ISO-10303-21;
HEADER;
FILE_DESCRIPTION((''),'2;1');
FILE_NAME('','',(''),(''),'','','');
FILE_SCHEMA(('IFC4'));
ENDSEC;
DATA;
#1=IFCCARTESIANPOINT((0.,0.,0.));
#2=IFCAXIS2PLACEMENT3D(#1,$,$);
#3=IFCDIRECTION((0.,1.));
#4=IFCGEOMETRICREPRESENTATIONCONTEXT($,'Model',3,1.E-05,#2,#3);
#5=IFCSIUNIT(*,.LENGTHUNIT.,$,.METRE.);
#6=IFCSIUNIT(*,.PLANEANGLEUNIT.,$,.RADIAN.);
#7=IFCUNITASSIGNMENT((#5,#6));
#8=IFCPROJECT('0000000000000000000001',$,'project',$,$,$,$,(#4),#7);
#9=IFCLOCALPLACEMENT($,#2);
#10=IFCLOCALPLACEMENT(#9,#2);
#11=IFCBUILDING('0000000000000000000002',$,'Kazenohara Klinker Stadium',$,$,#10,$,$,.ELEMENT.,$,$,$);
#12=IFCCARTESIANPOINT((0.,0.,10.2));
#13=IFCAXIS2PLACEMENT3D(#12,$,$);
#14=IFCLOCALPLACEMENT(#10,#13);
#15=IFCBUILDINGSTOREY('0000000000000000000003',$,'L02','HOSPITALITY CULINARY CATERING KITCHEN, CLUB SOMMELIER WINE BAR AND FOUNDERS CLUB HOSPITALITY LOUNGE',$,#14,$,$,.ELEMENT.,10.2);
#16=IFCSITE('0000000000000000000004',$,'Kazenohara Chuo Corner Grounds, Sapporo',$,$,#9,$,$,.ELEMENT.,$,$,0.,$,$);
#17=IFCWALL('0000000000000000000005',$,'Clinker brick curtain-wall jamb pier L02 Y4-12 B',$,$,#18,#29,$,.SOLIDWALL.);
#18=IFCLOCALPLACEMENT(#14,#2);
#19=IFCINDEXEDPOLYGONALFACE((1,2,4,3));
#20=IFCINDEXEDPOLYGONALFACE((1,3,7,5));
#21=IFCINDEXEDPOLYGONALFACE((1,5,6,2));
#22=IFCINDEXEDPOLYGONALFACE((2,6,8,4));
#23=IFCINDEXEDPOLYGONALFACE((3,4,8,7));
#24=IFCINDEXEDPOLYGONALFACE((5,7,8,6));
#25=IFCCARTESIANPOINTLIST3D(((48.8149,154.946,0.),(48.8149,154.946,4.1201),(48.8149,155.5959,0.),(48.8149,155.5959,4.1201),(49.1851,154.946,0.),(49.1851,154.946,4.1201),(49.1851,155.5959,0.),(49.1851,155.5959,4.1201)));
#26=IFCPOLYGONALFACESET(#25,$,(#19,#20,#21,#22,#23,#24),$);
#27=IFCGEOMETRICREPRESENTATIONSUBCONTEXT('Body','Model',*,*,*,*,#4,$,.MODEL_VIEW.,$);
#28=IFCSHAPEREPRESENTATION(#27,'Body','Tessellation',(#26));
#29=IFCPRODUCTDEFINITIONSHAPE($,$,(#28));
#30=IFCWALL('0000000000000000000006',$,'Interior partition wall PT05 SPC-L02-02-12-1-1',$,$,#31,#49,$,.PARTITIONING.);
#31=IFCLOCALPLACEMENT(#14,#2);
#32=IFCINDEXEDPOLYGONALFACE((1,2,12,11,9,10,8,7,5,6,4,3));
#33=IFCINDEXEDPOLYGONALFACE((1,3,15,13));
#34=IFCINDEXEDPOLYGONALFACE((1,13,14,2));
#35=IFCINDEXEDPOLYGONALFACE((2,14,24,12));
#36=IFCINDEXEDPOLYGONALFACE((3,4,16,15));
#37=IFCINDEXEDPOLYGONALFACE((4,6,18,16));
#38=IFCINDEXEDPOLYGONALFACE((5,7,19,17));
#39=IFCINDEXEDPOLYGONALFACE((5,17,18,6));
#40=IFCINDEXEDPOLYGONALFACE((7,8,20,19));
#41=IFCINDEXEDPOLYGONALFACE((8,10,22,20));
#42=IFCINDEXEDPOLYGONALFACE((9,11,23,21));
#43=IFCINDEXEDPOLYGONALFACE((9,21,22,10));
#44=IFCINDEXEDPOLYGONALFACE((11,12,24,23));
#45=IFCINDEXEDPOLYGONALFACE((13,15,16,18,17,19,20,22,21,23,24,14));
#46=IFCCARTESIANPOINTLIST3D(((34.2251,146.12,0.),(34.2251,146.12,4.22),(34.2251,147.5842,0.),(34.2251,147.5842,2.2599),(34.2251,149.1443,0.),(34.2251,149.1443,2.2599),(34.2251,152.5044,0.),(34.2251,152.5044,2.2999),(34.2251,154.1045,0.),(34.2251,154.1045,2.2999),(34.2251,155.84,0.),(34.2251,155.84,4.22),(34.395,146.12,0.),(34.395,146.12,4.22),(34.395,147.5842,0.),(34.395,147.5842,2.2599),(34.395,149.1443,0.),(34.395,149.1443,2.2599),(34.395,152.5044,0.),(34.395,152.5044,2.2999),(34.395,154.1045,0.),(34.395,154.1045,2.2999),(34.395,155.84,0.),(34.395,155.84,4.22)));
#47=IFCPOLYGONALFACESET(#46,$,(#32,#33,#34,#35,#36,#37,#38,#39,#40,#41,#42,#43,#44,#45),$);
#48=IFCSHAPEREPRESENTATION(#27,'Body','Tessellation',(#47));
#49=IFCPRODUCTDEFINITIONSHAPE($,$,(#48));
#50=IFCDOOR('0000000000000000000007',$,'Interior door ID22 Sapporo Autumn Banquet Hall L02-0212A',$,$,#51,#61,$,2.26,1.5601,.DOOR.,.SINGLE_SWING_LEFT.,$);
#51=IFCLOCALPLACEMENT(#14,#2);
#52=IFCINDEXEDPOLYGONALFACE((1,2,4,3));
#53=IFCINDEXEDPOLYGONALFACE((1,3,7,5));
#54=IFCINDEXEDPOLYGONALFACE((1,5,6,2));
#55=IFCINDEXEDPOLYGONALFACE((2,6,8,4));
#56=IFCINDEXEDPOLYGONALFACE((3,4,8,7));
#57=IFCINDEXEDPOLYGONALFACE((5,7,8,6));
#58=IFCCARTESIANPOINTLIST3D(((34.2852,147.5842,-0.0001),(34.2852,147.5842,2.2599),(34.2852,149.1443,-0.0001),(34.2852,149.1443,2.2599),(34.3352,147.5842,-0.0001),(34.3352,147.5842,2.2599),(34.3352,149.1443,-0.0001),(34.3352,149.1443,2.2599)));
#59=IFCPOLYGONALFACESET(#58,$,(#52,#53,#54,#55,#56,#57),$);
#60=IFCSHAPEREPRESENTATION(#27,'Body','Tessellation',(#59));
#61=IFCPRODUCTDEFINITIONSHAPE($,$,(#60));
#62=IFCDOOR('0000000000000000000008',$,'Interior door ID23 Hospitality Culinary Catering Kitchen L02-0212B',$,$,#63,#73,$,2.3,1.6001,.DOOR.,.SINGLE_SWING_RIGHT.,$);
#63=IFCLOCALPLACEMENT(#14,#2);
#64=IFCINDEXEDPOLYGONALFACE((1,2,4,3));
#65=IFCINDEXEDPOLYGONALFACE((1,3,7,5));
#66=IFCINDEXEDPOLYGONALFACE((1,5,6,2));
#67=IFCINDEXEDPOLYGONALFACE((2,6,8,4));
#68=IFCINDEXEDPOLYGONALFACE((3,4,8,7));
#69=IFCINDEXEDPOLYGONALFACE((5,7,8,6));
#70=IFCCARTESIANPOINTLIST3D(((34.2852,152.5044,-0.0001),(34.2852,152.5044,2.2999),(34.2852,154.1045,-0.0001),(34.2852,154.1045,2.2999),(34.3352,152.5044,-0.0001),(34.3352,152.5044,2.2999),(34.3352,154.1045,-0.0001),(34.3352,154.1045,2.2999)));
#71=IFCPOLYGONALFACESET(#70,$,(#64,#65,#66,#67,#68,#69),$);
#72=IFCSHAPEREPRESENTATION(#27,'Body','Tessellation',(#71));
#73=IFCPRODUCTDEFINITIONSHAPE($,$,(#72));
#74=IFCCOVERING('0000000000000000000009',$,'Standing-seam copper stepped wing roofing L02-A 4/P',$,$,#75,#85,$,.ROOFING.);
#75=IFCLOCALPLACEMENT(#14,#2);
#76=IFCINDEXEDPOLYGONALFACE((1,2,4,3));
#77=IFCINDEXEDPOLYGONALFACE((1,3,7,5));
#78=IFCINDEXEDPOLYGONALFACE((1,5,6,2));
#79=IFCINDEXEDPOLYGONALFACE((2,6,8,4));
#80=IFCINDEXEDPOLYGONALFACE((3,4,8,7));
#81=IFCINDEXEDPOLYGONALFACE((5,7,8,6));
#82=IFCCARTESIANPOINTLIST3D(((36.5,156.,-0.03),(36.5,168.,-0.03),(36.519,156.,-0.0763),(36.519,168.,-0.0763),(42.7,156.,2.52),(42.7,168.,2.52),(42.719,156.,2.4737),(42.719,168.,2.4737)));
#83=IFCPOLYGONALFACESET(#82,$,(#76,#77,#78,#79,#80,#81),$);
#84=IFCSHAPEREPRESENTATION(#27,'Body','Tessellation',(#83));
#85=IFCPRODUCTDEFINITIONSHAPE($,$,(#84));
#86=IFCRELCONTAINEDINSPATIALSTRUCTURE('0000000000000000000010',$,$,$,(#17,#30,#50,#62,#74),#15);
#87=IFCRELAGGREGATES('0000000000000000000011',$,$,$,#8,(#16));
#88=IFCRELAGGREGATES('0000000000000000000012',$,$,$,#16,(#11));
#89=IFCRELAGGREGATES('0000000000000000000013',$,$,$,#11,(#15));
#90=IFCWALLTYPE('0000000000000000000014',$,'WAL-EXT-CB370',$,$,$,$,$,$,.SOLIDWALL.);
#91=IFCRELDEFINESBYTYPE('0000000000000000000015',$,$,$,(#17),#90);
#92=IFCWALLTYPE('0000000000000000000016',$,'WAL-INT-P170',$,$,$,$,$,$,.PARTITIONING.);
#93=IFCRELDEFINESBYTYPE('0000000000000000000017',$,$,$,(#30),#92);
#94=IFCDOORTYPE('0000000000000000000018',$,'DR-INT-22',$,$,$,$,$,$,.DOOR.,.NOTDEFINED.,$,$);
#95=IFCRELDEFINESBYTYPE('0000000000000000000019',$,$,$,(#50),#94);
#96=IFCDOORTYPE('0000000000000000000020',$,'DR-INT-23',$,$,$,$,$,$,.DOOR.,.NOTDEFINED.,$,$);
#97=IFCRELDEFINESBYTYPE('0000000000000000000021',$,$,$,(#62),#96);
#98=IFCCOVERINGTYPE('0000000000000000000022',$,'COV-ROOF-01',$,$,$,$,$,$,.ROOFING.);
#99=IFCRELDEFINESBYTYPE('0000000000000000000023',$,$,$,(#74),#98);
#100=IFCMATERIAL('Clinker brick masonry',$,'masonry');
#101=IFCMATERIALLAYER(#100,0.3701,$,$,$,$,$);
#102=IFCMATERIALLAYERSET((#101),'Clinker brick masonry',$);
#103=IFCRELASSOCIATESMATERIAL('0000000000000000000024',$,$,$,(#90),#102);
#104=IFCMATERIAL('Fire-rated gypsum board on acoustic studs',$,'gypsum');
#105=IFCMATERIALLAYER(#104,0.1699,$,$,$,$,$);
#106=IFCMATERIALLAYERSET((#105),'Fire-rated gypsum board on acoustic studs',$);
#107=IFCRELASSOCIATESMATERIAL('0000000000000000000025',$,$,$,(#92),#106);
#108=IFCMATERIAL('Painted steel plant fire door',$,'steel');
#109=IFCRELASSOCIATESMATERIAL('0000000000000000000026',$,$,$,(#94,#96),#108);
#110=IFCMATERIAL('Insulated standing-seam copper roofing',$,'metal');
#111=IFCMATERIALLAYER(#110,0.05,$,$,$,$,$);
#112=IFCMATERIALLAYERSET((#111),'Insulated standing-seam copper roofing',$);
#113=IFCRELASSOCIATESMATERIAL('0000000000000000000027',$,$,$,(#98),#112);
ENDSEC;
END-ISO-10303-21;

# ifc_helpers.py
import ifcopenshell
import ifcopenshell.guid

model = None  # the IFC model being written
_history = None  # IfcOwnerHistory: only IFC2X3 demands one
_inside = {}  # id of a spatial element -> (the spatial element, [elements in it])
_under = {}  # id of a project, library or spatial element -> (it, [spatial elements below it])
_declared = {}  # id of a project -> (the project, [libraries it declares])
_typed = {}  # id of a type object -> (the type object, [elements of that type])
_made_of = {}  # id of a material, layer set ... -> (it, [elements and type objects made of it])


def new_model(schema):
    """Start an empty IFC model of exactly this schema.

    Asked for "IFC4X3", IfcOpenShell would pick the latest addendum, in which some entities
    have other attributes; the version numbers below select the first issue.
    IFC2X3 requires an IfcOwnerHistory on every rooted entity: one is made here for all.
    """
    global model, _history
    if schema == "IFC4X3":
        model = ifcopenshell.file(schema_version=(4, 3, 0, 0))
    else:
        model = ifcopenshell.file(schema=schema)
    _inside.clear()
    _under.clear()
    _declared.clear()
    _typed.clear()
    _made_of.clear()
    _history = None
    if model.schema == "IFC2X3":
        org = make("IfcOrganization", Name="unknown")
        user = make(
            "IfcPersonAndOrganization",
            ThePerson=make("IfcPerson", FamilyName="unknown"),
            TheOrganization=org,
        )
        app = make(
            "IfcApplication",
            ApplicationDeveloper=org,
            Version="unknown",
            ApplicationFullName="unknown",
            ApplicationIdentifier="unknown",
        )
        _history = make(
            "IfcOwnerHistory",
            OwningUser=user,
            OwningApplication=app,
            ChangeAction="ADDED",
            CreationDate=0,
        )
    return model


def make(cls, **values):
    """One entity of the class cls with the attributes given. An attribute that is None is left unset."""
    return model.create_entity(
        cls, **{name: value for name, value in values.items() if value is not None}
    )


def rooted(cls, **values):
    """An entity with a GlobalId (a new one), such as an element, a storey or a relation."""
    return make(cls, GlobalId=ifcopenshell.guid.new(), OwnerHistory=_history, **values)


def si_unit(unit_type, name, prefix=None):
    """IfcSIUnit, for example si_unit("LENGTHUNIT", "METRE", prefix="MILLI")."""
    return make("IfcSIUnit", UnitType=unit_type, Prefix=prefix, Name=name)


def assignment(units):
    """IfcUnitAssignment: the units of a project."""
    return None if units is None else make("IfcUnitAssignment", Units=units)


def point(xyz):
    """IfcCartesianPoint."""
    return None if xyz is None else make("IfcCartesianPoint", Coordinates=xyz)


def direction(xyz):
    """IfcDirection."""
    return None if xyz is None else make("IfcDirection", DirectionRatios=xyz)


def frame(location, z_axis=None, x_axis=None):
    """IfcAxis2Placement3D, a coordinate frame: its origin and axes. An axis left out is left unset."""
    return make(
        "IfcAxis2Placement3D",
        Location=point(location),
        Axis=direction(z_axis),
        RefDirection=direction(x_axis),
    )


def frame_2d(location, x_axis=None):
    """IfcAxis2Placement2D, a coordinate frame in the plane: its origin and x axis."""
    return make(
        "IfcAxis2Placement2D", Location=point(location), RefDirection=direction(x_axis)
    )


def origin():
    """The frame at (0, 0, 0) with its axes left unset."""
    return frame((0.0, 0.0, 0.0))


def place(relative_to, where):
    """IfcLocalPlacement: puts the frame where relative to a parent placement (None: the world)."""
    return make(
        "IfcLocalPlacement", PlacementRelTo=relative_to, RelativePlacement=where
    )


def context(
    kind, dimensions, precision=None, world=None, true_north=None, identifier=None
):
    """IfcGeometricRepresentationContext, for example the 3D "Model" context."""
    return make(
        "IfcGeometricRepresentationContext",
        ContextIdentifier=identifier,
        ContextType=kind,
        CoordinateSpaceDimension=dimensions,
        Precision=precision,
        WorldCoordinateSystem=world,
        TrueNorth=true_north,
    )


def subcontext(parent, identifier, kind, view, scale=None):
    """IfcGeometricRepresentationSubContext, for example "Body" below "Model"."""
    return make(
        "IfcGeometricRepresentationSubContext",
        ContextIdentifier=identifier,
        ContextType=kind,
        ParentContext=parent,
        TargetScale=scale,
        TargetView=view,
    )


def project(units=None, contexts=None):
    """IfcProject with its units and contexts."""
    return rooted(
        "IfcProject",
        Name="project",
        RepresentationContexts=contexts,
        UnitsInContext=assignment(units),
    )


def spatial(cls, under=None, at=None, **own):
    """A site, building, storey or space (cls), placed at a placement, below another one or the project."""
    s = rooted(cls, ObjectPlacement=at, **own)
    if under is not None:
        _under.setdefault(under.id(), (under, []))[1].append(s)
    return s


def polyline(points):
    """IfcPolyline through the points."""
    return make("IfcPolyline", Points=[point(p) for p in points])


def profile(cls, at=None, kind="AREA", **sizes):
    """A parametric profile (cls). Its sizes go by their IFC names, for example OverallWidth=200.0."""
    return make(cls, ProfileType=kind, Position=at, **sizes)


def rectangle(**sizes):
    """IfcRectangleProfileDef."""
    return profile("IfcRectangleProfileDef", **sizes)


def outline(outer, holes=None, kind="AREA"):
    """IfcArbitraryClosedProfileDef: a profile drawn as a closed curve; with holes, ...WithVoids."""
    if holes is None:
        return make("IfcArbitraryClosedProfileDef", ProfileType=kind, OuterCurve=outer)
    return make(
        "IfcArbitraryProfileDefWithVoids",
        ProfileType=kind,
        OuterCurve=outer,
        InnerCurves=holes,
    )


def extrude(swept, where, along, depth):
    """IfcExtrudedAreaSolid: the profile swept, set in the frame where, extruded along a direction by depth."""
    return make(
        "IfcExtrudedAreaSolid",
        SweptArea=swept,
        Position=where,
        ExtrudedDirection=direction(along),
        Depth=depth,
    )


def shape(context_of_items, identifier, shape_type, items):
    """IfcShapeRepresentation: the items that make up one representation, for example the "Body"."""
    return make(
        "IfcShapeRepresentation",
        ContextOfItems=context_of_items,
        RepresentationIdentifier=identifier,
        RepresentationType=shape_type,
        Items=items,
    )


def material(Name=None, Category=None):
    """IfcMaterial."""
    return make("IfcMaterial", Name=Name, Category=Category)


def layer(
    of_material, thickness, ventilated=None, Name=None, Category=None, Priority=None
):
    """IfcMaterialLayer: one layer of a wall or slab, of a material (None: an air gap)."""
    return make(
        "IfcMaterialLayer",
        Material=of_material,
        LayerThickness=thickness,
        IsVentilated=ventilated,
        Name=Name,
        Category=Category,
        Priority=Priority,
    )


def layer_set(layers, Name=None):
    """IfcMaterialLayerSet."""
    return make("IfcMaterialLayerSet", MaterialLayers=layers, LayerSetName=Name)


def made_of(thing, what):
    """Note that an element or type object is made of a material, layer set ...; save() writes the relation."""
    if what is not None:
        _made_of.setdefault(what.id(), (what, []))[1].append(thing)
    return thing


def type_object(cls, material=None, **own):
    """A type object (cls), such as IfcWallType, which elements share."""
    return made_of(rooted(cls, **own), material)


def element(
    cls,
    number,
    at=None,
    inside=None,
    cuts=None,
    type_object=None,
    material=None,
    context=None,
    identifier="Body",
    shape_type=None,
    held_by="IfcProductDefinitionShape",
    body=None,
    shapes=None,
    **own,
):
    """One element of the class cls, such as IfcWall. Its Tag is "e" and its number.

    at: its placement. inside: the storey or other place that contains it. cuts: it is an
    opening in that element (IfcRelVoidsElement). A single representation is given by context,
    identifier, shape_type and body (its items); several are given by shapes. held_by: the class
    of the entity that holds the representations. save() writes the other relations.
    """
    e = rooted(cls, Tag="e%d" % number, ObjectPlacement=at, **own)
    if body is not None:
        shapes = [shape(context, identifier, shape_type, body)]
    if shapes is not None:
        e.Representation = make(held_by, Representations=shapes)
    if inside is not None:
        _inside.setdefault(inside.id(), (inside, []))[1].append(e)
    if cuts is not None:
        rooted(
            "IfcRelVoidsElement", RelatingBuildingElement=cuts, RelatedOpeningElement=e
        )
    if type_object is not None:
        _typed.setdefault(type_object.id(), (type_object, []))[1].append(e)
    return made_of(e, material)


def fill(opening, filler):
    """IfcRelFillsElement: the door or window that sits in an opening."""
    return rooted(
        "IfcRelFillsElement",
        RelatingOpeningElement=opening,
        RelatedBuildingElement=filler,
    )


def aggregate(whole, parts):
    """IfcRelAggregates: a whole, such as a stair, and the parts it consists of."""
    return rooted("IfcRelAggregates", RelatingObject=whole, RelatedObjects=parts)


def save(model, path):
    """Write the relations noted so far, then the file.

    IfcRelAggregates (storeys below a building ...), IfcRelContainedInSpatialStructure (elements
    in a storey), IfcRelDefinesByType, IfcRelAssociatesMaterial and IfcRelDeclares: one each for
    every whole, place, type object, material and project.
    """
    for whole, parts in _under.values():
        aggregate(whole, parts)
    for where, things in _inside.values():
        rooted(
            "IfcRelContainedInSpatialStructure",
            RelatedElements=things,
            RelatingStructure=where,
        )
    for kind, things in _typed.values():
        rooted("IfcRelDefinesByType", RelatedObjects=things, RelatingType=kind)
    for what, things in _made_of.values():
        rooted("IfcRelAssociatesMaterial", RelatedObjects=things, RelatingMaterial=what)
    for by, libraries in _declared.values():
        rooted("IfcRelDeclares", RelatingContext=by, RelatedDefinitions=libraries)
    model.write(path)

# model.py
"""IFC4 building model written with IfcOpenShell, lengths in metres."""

from ifc_helpers import new_model, si_unit, direction, frame, frame_2d, origin, place, context, subcontext, project, spatial, polyline, rectangle, outline, extrude, material, layer, layer_set, type_object, element, fill, save


model = new_model("IFC4")

# Units and contexts
model_context = context("Model", 3, precision=1e-05, world=origin(), true_north=direction((0.0, 1.0)))
body_context = subcontext(model_context, "Body", "Model", "MODEL_VIEW")
ifc_project = project(units=[si_unit("LENGTHUNIT", "METRE"), si_unit("PLANEANGLEUNIT", "RADIAN")], contexts=[model_context])

# Site, building, storey
site_placement = place(None, origin())
site = spatial("IfcSite", under=ifc_project, at=site_placement, Name="Kazenohara Chuo Corner Grounds, Sapporo", CompositionType="ELEMENT", RefElevation=0.0)
building_placement = place(site_placement, origin())
building = spatial("IfcBuilding", under=site, at=building_placement, Name="Kazenohara Klinker Stadium", CompositionType="ELEMENT")
storey_placement = place(building_placement, frame((0.0, 0.0, 10.2)))
storey = spatial("IfcBuildingStorey", under=building, at=storey_placement, Name="L02", Description="HOSPITALITY CULINARY CATERING KITCHEN, CLUB SOMMELIER WINE BAR AND FOUNDERS CLUB HOSPITALITY LOUNGE", CompositionType="ELEMENT", Elevation=10.2)

# Wall
ifc_material_1 = material(Name="Clinker brick masonry", Category="masonry")
ifc_layer_1 = layer(ifc_material_1, 0.3701)
ifc_layer_set_1 = layer_set([ifc_layer_1], Name="Clinker brick masonry")
wall_type_1 = type_object("IfcWallType", Name="WAL-EXT-CB370", PredefinedType="SOLIDWALL", material=ifc_layer_set_1)
wall_1_placement = place(storey_placement, frame((49.0, 154.946, 0.0), z_axis=(0.0, 0.0, 1.0), x_axis=(0.0, 1.0, 0.0)))
element("IfcWall", 1, at=wall_1_placement, inside=storey, type_object=wall_type_1, Name="Clinker brick curtain-wall jamb pier L02 Y4-12 B", PredefinedType="SOLIDWALL", context=body_context, shape_type="SweptSolid", body=[
    extrude(rectangle(XDim=0.6499, YDim=0.3701, at=frame_2d((0.325, 0.0))), origin(), (0.0, 0.0, 1.0), 4.1201),
])

# Wall, openings, doors
ifc_material_2 = material(Name="Fire-rated gypsum board on acoustic studs", Category="gypsum")
ifc_layer_2 = layer(ifc_material_2, 0.1699)
ifc_layer_set_2 = layer_set([ifc_layer_2], Name="Fire-rated gypsum board on acoustic studs")
wall_type_2 = type_object("IfcWallType", Name="WAL-INT-P170", PredefinedType="PARTITIONING", material=ifc_layer_set_2)
wall_2_placement = place(storey_placement, frame((34.3101, 146.1201, 0.0), z_axis=(0.0, 0.0, 1.0), x_axis=(0.0, 1.0, 0.0)))
wall_2 = element("IfcWall", 2, at=wall_2_placement, inside=storey, type_object=wall_type_2, Name="Interior partition wall PT05 SPC-L02-02-12-1-1", PredefinedType="PARTITIONING", context=body_context, shape_type="SweptSolid", body=[
    extrude(rectangle(XDim=9.72, YDim=0.1699, at=frame_2d((4.8599, 0.0))), origin(), (0.0, 0.0, 1.0), 4.22),
])
opening_1_placement = place(wall_2_placement, frame((1.4641, 0.0, 0.0)))
opening_1 = element("IfcOpeningElement", 3, at=opening_1_placement, cuts=wall_2, PredefinedType="OPENING", context=body_context, shape_type="SweptSolid", body=[
    extrude(rectangle(XDim=1.5601, YDim=2.26, at=frame_2d((0.78, 1.1299))), frame((0.0, 0.095, 0.0), z_axis=(0.0, -1.0, 0.0), x_axis=(1.0, 0.0, 0.0)), (0.0, 0.0, 1.0), 0.1899),
])
opening_2_placement = place(wall_2_placement, frame((6.3843, 0.0, 0.0)))
opening_2 = element("IfcOpeningElement", 4, at=opening_2_placement, cuts=wall_2, PredefinedType="OPENING", context=body_context, shape_type="SweptSolid", body=[
    extrude(rectangle(XDim=1.6001, YDim=2.3, at=frame_2d((0.8, 1.1499))), frame((0.0, 0.095, 0.0), z_axis=(0.0, -1.0, 0.0), x_axis=(1.0, 0.0, 0.0)), (0.0, 0.0, 1.0), 0.1899),
])
ifc_material_3 = material(Name="Painted steel plant fire door", Category="steel")
door_type_1 = type_object("IfcDoorType", Name="DR-INT-22", OperationType="NOTDEFINED", PredefinedType="DOOR", material=ifc_material_3)
door_1_placement = place(opening_1_placement, origin())
door_1 = element("IfcDoor", 5, at=door_1_placement, inside=storey, type_object=door_type_1, Name="Interior door ID22 Sapporo Autumn Banquet Hall L02-0212A", OperationType="SINGLE_SWING_LEFT", OverallHeight=2.26, OverallWidth=1.5601, PredefinedType="DOOR", context=body_context, shape_type="SweptSolid", body=[
    extrude(rectangle(XDim=1.5601, YDim=2.26, at=frame_2d((0.78, 1.1299))), frame((0.0, 0.0249, 0.0), z_axis=(0.0, -1.0, 0.0), x_axis=(1.0, 0.0, 0.0)), (0.0, 0.0, 1.0), 0.05),
])
fill(opening_1, door_1)
door_type_2 = type_object("IfcDoorType", Name="DR-INT-23", OperationType="NOTDEFINED", PredefinedType="DOOR", material=ifc_material_3)
door_2_placement = place(opening_2_placement, origin())
door_2 = element("IfcDoor", 6, at=door_2_placement, inside=storey, type_object=door_type_2, Name="Interior door ID23 Hospitality Culinary Catering Kitchen L02-0212B", OperationType="SINGLE_SWING_RIGHT", OverallHeight=2.3, OverallWidth=1.6001, PredefinedType="DOOR", context=body_context, shape_type="SweptSolid", body=[
    extrude(rectangle(XDim=1.6001, YDim=2.3, at=frame_2d((0.8, 1.1499))), frame((0.0, 0.0249, 0.0), z_axis=(0.0, -1.0, 0.0), x_axis=(1.0, 0.0, 0.0)), (0.0, 0.0, 1.0), 0.05),
])
fill(opening_2, door_2)

# Covering
ifc_material_4 = material(Name="Insulated standing-seam copper roofing", Category="metal")
ifc_layer_3 = layer(ifc_material_4, 0.05)
ifc_layer_set_3 = layer_set([ifc_layer_3], Name="Insulated standing-seam copper roofing")
covering_type = type_object("IfcCoveringType", Name="COV-ROOF-01", PredefinedType="ROOFING", material=ifc_layer_set_3)
covering_placement = place(storey_placement, frame((36.5, 156.0, -0.03), z_axis=(-0.380383, 0.0, 0.924829), x_axis=(0.924829, 0.0, 0.380383)))
element("IfcCovering", 7, at=covering_placement, inside=storey, type_object=covering_type, Name="Standing-seam copper stepped wing roofing L02-A 4/P", PredefinedType="ROOFING", context=body_context, shape_type="SweptSolid", body=[
    extrude(outline(polyline([(0.0, 0.0), (6.7039, 0.0), (6.7039, 12.0), (0.0, 12.0), (0.0, 0.0)])), origin(), (0.0, 0.0, -1.0), 0.05),
])

save(model, "model.ifc")
